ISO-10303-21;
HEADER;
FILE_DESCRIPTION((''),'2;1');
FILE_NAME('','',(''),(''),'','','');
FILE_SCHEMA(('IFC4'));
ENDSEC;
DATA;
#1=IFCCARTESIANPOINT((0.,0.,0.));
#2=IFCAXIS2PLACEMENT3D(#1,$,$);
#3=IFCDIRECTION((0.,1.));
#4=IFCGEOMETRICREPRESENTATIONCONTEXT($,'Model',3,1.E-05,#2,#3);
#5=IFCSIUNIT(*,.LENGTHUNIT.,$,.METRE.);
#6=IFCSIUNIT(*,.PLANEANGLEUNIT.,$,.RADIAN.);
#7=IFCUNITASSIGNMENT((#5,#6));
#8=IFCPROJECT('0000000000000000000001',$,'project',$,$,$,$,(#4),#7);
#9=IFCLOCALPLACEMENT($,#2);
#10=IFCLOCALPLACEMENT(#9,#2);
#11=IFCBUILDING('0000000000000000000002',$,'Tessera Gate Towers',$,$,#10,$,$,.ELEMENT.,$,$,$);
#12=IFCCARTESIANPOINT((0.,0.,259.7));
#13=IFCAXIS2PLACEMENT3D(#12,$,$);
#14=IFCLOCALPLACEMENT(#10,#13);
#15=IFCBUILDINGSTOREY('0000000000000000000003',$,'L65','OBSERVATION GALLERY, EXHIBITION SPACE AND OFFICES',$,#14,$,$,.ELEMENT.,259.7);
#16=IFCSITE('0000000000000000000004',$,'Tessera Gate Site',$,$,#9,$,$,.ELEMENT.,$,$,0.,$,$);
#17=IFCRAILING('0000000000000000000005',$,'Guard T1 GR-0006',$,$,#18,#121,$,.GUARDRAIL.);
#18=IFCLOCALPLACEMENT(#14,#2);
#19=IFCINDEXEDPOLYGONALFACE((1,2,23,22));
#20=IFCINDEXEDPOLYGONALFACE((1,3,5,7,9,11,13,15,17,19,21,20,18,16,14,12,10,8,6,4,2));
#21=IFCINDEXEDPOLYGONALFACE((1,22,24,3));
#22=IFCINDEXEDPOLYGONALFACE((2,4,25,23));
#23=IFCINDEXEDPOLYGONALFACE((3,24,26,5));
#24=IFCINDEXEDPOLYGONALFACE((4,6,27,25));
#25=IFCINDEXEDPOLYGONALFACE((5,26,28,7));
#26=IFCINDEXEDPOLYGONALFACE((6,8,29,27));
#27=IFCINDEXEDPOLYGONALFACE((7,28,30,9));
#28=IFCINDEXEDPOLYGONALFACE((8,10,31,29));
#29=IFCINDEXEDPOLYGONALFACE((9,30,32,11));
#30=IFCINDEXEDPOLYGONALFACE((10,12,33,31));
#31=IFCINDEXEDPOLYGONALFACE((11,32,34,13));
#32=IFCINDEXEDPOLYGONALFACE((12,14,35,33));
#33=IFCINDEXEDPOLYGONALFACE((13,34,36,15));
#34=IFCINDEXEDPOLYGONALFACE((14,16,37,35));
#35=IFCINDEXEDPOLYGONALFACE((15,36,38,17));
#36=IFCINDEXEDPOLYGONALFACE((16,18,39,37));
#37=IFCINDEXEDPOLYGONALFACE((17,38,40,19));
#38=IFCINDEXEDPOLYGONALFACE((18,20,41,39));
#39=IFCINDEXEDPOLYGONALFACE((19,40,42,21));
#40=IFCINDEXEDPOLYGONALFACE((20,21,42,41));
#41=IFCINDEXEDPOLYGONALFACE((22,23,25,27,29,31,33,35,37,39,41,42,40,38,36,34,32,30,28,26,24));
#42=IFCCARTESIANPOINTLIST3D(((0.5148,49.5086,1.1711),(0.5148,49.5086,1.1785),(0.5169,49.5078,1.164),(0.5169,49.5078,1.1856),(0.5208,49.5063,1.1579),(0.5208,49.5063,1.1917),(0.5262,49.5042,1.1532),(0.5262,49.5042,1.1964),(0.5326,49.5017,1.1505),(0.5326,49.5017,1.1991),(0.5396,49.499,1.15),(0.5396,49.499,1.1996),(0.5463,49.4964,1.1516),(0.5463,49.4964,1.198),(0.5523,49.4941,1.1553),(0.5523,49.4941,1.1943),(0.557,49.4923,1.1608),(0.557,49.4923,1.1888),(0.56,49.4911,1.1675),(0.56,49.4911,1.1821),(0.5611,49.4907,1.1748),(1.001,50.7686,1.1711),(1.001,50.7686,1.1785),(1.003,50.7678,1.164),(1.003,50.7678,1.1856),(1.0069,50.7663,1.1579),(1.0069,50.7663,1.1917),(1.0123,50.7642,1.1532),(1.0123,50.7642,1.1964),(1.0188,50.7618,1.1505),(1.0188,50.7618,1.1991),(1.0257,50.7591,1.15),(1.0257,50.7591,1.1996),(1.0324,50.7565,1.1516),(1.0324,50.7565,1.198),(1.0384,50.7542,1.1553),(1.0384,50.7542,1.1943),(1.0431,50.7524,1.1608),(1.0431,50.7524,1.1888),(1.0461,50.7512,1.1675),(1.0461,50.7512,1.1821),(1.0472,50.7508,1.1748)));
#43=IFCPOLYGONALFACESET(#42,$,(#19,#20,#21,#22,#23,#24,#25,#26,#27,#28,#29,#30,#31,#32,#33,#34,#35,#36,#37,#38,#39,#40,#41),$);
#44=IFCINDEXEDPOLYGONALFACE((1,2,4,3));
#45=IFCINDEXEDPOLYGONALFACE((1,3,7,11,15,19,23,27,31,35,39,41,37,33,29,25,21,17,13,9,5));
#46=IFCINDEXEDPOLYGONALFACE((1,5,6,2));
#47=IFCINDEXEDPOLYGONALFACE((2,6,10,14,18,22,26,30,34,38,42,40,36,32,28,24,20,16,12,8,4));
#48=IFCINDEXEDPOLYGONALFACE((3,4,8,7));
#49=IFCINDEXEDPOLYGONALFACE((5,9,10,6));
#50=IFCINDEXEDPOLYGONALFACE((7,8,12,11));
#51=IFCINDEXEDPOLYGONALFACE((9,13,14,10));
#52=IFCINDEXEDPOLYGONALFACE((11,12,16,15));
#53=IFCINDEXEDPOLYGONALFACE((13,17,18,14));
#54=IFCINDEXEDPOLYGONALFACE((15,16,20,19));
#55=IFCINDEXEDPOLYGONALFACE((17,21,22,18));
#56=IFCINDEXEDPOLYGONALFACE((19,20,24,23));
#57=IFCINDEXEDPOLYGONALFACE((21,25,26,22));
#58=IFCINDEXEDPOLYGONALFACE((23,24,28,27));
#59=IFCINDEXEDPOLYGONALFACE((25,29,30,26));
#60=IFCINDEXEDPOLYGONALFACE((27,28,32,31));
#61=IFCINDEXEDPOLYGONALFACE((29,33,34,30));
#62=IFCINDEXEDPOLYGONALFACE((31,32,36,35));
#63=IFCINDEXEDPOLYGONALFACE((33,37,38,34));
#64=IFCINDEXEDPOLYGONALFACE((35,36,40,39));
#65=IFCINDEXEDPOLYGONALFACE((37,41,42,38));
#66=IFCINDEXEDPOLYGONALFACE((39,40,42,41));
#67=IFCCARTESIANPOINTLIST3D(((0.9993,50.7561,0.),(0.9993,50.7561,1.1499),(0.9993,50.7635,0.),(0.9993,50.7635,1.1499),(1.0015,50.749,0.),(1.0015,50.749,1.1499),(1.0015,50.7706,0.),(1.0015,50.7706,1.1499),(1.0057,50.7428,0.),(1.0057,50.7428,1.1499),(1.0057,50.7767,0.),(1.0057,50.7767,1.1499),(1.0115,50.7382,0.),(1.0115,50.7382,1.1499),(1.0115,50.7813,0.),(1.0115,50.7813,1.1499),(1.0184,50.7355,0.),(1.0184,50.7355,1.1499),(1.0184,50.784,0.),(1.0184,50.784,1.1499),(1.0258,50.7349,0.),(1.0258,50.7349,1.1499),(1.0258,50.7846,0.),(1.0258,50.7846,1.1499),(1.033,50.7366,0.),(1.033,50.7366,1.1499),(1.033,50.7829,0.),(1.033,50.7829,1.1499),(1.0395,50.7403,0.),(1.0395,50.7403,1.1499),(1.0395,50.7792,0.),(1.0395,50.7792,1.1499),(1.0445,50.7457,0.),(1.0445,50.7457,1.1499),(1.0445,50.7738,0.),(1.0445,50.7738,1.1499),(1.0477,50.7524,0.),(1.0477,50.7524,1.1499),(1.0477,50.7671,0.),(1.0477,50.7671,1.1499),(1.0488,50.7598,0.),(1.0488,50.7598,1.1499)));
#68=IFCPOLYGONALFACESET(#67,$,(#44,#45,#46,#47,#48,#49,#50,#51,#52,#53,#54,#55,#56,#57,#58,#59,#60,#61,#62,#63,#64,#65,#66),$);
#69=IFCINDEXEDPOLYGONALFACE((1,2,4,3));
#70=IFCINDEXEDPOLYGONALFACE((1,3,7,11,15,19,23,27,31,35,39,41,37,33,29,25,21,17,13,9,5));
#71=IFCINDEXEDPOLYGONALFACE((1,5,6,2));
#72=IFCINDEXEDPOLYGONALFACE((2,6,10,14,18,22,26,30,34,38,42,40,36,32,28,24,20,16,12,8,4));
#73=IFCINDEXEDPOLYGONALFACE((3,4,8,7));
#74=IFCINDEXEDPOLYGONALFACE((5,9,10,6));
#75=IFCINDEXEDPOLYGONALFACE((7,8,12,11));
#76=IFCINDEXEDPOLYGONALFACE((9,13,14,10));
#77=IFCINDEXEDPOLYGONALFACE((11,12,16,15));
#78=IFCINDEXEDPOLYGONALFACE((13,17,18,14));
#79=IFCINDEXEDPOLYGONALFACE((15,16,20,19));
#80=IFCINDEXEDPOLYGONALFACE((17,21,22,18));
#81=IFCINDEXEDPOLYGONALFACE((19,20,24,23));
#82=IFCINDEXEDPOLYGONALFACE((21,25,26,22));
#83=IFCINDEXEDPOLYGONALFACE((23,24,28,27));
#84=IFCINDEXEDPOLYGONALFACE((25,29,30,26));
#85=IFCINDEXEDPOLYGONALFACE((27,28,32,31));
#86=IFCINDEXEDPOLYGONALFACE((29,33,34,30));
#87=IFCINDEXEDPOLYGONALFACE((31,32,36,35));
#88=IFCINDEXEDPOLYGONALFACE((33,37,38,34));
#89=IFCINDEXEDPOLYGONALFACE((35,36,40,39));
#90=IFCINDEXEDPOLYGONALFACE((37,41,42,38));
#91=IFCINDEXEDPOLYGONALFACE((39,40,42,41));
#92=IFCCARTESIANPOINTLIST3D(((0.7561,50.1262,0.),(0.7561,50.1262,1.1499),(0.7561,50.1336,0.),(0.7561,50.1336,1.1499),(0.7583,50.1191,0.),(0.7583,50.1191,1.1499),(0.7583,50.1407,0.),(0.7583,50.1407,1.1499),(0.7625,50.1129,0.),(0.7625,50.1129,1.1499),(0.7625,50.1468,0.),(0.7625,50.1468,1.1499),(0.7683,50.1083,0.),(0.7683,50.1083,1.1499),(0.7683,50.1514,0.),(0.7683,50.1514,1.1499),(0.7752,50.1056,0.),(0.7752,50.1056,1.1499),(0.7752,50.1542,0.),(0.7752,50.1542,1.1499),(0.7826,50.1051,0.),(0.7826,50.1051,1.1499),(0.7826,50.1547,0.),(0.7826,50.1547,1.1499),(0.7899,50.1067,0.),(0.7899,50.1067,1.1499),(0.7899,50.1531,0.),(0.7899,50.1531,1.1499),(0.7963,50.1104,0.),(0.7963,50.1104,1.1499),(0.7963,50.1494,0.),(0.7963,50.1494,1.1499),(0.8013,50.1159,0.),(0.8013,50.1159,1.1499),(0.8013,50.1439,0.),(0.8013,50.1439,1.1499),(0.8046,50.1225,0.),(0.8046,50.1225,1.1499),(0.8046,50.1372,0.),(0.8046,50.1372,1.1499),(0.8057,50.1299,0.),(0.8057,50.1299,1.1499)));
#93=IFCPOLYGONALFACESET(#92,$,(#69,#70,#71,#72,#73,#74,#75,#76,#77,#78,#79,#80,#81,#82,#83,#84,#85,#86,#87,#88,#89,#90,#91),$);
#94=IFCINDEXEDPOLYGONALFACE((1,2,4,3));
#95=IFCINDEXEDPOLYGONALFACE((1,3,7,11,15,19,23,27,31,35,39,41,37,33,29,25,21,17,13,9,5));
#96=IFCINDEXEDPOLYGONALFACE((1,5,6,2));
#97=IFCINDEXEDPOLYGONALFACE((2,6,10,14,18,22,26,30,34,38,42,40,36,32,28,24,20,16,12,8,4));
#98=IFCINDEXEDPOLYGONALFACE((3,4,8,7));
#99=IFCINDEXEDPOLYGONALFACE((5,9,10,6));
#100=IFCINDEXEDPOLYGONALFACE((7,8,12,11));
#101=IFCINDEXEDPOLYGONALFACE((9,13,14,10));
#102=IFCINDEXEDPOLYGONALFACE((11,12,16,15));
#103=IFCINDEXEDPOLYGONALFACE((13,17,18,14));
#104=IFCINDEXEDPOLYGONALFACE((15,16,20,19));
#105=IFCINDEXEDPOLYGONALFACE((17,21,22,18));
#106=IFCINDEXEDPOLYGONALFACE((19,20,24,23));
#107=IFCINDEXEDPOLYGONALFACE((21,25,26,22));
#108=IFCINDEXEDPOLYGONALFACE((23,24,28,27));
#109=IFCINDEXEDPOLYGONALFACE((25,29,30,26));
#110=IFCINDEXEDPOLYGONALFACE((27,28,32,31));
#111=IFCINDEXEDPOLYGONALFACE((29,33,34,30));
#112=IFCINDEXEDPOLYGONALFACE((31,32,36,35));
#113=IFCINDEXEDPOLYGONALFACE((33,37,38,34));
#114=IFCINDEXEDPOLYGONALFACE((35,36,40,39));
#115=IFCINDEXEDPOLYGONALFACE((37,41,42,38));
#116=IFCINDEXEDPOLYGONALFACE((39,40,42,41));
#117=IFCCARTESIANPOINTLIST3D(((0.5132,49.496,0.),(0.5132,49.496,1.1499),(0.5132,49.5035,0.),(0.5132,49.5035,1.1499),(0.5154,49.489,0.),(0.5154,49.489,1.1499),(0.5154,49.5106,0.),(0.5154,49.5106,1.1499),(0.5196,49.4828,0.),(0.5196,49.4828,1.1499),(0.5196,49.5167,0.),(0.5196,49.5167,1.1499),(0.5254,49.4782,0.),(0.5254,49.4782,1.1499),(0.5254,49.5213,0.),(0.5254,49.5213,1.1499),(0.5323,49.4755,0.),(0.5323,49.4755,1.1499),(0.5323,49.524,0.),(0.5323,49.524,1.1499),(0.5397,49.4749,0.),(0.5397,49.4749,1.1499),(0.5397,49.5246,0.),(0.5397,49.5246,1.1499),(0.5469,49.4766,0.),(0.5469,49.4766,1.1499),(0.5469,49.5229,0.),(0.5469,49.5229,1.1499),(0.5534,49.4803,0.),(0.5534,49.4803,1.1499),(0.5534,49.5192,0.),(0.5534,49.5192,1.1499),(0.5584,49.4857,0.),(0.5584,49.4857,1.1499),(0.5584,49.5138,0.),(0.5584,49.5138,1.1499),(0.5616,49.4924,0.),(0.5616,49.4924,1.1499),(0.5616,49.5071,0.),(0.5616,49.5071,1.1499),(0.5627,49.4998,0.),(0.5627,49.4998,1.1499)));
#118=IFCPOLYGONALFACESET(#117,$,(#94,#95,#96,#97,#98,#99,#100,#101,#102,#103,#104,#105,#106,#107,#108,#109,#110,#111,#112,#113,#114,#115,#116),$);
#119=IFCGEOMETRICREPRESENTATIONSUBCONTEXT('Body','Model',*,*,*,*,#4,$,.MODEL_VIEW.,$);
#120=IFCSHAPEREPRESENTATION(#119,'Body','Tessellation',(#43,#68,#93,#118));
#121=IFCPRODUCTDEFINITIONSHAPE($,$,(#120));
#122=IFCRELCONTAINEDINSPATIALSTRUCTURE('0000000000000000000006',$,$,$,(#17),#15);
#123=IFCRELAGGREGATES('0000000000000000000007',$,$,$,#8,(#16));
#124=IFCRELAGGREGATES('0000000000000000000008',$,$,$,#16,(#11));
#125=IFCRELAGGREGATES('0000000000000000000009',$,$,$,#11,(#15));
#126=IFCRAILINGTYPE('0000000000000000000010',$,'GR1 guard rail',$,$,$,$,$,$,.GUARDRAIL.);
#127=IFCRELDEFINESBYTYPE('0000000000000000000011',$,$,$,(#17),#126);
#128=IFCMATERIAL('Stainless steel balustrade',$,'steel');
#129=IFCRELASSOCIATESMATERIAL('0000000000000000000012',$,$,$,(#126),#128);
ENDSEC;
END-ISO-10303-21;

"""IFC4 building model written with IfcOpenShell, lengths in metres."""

from ifc_helpers import new_model, si_unit, direction, frame, origin, origin_2d, place, context, subcontext, project, spatial, circle, extrude, material, type_object, element, save


model = new_model("IFC4")

# Units and contexts
model_context = context("Model", 3, precision=1e-05, world=origin(), true_north=direction((0.0, 1.0)))
body_context = subcontext(model_context, "Body", "Model", "MODEL_VIEW")
ifc_project = project(units=[si_unit("LENGTHUNIT", "METRE"), si_unit("PLANEANGLEUNIT", "RADIAN")], contexts=[model_context])

# Site, building, storey
site_placement = place(None, origin())
site = spatial("IfcSite", under=ifc_project, at=site_placement, Name="Tessera Gate Site", CompositionType="ELEMENT", RefElevation=0.0)
building_placement = place(site_placement, origin())
building = spatial("IfcBuilding", under=site, at=building_placement, Name="Tessera Gate Towers", CompositionType="ELEMENT")
storey_placement = place(building_placement, frame((0.0, 0.0, 259.7)))
storey = spatial("IfcBuildingStorey", under=building, at=storey_placement, Name="L65", Description="OBSERVATION GALLERY, EXHIBITION SPACE AND OFFICES", CompositionType="ELEMENT", Elevation=259.7)

# Railing
ifc_material_1 = material(Name="Stainless steel balustrade", Category="steel")
railing_type = type_object("IfcRailingType", Name="GR1 guard rail", PredefinedType="GUARDRAIL", material=ifc_material_1)
railing_1_placement = place(storey_placement, frame((1.0239, 50.7598, 0.0)))
element("IfcRailing", 1, at=railing_1_placement, inside=storey, type_object=railing_type, Name="Guard T1 GR-0006", PredefinedType="GUARDRAIL", context=body_context, shape_type="SweptSolid", body=[
    extrude(circle(Radius=0.0249, at=origin_2d()), frame((0.0, 0.0, 1.1748), z_axis=(-0.359924, -0.932982, 0.0), x_axis=(0.932982, -0.359924, 0.0)), (0.0, 0.0, 1.0), 1.3506),
    extrude(circle(Radius=0.0249, at=origin_2d()), origin(), (0.0, 0.0, 1.0), 1.1499),
    extrude(circle(Radius=0.0249, at=origin_2d()), frame((-0.2432, -0.6299, 0.0)), (0.0, 0.0, 1.0), 1.1499),
    extrude(circle(Radius=0.0249, at=origin_2d()), frame((-0.4861, -1.26, 0.0)), (0.0, 0.0, 1.0), 1.1499),
])

save(model, "model.ifc")
